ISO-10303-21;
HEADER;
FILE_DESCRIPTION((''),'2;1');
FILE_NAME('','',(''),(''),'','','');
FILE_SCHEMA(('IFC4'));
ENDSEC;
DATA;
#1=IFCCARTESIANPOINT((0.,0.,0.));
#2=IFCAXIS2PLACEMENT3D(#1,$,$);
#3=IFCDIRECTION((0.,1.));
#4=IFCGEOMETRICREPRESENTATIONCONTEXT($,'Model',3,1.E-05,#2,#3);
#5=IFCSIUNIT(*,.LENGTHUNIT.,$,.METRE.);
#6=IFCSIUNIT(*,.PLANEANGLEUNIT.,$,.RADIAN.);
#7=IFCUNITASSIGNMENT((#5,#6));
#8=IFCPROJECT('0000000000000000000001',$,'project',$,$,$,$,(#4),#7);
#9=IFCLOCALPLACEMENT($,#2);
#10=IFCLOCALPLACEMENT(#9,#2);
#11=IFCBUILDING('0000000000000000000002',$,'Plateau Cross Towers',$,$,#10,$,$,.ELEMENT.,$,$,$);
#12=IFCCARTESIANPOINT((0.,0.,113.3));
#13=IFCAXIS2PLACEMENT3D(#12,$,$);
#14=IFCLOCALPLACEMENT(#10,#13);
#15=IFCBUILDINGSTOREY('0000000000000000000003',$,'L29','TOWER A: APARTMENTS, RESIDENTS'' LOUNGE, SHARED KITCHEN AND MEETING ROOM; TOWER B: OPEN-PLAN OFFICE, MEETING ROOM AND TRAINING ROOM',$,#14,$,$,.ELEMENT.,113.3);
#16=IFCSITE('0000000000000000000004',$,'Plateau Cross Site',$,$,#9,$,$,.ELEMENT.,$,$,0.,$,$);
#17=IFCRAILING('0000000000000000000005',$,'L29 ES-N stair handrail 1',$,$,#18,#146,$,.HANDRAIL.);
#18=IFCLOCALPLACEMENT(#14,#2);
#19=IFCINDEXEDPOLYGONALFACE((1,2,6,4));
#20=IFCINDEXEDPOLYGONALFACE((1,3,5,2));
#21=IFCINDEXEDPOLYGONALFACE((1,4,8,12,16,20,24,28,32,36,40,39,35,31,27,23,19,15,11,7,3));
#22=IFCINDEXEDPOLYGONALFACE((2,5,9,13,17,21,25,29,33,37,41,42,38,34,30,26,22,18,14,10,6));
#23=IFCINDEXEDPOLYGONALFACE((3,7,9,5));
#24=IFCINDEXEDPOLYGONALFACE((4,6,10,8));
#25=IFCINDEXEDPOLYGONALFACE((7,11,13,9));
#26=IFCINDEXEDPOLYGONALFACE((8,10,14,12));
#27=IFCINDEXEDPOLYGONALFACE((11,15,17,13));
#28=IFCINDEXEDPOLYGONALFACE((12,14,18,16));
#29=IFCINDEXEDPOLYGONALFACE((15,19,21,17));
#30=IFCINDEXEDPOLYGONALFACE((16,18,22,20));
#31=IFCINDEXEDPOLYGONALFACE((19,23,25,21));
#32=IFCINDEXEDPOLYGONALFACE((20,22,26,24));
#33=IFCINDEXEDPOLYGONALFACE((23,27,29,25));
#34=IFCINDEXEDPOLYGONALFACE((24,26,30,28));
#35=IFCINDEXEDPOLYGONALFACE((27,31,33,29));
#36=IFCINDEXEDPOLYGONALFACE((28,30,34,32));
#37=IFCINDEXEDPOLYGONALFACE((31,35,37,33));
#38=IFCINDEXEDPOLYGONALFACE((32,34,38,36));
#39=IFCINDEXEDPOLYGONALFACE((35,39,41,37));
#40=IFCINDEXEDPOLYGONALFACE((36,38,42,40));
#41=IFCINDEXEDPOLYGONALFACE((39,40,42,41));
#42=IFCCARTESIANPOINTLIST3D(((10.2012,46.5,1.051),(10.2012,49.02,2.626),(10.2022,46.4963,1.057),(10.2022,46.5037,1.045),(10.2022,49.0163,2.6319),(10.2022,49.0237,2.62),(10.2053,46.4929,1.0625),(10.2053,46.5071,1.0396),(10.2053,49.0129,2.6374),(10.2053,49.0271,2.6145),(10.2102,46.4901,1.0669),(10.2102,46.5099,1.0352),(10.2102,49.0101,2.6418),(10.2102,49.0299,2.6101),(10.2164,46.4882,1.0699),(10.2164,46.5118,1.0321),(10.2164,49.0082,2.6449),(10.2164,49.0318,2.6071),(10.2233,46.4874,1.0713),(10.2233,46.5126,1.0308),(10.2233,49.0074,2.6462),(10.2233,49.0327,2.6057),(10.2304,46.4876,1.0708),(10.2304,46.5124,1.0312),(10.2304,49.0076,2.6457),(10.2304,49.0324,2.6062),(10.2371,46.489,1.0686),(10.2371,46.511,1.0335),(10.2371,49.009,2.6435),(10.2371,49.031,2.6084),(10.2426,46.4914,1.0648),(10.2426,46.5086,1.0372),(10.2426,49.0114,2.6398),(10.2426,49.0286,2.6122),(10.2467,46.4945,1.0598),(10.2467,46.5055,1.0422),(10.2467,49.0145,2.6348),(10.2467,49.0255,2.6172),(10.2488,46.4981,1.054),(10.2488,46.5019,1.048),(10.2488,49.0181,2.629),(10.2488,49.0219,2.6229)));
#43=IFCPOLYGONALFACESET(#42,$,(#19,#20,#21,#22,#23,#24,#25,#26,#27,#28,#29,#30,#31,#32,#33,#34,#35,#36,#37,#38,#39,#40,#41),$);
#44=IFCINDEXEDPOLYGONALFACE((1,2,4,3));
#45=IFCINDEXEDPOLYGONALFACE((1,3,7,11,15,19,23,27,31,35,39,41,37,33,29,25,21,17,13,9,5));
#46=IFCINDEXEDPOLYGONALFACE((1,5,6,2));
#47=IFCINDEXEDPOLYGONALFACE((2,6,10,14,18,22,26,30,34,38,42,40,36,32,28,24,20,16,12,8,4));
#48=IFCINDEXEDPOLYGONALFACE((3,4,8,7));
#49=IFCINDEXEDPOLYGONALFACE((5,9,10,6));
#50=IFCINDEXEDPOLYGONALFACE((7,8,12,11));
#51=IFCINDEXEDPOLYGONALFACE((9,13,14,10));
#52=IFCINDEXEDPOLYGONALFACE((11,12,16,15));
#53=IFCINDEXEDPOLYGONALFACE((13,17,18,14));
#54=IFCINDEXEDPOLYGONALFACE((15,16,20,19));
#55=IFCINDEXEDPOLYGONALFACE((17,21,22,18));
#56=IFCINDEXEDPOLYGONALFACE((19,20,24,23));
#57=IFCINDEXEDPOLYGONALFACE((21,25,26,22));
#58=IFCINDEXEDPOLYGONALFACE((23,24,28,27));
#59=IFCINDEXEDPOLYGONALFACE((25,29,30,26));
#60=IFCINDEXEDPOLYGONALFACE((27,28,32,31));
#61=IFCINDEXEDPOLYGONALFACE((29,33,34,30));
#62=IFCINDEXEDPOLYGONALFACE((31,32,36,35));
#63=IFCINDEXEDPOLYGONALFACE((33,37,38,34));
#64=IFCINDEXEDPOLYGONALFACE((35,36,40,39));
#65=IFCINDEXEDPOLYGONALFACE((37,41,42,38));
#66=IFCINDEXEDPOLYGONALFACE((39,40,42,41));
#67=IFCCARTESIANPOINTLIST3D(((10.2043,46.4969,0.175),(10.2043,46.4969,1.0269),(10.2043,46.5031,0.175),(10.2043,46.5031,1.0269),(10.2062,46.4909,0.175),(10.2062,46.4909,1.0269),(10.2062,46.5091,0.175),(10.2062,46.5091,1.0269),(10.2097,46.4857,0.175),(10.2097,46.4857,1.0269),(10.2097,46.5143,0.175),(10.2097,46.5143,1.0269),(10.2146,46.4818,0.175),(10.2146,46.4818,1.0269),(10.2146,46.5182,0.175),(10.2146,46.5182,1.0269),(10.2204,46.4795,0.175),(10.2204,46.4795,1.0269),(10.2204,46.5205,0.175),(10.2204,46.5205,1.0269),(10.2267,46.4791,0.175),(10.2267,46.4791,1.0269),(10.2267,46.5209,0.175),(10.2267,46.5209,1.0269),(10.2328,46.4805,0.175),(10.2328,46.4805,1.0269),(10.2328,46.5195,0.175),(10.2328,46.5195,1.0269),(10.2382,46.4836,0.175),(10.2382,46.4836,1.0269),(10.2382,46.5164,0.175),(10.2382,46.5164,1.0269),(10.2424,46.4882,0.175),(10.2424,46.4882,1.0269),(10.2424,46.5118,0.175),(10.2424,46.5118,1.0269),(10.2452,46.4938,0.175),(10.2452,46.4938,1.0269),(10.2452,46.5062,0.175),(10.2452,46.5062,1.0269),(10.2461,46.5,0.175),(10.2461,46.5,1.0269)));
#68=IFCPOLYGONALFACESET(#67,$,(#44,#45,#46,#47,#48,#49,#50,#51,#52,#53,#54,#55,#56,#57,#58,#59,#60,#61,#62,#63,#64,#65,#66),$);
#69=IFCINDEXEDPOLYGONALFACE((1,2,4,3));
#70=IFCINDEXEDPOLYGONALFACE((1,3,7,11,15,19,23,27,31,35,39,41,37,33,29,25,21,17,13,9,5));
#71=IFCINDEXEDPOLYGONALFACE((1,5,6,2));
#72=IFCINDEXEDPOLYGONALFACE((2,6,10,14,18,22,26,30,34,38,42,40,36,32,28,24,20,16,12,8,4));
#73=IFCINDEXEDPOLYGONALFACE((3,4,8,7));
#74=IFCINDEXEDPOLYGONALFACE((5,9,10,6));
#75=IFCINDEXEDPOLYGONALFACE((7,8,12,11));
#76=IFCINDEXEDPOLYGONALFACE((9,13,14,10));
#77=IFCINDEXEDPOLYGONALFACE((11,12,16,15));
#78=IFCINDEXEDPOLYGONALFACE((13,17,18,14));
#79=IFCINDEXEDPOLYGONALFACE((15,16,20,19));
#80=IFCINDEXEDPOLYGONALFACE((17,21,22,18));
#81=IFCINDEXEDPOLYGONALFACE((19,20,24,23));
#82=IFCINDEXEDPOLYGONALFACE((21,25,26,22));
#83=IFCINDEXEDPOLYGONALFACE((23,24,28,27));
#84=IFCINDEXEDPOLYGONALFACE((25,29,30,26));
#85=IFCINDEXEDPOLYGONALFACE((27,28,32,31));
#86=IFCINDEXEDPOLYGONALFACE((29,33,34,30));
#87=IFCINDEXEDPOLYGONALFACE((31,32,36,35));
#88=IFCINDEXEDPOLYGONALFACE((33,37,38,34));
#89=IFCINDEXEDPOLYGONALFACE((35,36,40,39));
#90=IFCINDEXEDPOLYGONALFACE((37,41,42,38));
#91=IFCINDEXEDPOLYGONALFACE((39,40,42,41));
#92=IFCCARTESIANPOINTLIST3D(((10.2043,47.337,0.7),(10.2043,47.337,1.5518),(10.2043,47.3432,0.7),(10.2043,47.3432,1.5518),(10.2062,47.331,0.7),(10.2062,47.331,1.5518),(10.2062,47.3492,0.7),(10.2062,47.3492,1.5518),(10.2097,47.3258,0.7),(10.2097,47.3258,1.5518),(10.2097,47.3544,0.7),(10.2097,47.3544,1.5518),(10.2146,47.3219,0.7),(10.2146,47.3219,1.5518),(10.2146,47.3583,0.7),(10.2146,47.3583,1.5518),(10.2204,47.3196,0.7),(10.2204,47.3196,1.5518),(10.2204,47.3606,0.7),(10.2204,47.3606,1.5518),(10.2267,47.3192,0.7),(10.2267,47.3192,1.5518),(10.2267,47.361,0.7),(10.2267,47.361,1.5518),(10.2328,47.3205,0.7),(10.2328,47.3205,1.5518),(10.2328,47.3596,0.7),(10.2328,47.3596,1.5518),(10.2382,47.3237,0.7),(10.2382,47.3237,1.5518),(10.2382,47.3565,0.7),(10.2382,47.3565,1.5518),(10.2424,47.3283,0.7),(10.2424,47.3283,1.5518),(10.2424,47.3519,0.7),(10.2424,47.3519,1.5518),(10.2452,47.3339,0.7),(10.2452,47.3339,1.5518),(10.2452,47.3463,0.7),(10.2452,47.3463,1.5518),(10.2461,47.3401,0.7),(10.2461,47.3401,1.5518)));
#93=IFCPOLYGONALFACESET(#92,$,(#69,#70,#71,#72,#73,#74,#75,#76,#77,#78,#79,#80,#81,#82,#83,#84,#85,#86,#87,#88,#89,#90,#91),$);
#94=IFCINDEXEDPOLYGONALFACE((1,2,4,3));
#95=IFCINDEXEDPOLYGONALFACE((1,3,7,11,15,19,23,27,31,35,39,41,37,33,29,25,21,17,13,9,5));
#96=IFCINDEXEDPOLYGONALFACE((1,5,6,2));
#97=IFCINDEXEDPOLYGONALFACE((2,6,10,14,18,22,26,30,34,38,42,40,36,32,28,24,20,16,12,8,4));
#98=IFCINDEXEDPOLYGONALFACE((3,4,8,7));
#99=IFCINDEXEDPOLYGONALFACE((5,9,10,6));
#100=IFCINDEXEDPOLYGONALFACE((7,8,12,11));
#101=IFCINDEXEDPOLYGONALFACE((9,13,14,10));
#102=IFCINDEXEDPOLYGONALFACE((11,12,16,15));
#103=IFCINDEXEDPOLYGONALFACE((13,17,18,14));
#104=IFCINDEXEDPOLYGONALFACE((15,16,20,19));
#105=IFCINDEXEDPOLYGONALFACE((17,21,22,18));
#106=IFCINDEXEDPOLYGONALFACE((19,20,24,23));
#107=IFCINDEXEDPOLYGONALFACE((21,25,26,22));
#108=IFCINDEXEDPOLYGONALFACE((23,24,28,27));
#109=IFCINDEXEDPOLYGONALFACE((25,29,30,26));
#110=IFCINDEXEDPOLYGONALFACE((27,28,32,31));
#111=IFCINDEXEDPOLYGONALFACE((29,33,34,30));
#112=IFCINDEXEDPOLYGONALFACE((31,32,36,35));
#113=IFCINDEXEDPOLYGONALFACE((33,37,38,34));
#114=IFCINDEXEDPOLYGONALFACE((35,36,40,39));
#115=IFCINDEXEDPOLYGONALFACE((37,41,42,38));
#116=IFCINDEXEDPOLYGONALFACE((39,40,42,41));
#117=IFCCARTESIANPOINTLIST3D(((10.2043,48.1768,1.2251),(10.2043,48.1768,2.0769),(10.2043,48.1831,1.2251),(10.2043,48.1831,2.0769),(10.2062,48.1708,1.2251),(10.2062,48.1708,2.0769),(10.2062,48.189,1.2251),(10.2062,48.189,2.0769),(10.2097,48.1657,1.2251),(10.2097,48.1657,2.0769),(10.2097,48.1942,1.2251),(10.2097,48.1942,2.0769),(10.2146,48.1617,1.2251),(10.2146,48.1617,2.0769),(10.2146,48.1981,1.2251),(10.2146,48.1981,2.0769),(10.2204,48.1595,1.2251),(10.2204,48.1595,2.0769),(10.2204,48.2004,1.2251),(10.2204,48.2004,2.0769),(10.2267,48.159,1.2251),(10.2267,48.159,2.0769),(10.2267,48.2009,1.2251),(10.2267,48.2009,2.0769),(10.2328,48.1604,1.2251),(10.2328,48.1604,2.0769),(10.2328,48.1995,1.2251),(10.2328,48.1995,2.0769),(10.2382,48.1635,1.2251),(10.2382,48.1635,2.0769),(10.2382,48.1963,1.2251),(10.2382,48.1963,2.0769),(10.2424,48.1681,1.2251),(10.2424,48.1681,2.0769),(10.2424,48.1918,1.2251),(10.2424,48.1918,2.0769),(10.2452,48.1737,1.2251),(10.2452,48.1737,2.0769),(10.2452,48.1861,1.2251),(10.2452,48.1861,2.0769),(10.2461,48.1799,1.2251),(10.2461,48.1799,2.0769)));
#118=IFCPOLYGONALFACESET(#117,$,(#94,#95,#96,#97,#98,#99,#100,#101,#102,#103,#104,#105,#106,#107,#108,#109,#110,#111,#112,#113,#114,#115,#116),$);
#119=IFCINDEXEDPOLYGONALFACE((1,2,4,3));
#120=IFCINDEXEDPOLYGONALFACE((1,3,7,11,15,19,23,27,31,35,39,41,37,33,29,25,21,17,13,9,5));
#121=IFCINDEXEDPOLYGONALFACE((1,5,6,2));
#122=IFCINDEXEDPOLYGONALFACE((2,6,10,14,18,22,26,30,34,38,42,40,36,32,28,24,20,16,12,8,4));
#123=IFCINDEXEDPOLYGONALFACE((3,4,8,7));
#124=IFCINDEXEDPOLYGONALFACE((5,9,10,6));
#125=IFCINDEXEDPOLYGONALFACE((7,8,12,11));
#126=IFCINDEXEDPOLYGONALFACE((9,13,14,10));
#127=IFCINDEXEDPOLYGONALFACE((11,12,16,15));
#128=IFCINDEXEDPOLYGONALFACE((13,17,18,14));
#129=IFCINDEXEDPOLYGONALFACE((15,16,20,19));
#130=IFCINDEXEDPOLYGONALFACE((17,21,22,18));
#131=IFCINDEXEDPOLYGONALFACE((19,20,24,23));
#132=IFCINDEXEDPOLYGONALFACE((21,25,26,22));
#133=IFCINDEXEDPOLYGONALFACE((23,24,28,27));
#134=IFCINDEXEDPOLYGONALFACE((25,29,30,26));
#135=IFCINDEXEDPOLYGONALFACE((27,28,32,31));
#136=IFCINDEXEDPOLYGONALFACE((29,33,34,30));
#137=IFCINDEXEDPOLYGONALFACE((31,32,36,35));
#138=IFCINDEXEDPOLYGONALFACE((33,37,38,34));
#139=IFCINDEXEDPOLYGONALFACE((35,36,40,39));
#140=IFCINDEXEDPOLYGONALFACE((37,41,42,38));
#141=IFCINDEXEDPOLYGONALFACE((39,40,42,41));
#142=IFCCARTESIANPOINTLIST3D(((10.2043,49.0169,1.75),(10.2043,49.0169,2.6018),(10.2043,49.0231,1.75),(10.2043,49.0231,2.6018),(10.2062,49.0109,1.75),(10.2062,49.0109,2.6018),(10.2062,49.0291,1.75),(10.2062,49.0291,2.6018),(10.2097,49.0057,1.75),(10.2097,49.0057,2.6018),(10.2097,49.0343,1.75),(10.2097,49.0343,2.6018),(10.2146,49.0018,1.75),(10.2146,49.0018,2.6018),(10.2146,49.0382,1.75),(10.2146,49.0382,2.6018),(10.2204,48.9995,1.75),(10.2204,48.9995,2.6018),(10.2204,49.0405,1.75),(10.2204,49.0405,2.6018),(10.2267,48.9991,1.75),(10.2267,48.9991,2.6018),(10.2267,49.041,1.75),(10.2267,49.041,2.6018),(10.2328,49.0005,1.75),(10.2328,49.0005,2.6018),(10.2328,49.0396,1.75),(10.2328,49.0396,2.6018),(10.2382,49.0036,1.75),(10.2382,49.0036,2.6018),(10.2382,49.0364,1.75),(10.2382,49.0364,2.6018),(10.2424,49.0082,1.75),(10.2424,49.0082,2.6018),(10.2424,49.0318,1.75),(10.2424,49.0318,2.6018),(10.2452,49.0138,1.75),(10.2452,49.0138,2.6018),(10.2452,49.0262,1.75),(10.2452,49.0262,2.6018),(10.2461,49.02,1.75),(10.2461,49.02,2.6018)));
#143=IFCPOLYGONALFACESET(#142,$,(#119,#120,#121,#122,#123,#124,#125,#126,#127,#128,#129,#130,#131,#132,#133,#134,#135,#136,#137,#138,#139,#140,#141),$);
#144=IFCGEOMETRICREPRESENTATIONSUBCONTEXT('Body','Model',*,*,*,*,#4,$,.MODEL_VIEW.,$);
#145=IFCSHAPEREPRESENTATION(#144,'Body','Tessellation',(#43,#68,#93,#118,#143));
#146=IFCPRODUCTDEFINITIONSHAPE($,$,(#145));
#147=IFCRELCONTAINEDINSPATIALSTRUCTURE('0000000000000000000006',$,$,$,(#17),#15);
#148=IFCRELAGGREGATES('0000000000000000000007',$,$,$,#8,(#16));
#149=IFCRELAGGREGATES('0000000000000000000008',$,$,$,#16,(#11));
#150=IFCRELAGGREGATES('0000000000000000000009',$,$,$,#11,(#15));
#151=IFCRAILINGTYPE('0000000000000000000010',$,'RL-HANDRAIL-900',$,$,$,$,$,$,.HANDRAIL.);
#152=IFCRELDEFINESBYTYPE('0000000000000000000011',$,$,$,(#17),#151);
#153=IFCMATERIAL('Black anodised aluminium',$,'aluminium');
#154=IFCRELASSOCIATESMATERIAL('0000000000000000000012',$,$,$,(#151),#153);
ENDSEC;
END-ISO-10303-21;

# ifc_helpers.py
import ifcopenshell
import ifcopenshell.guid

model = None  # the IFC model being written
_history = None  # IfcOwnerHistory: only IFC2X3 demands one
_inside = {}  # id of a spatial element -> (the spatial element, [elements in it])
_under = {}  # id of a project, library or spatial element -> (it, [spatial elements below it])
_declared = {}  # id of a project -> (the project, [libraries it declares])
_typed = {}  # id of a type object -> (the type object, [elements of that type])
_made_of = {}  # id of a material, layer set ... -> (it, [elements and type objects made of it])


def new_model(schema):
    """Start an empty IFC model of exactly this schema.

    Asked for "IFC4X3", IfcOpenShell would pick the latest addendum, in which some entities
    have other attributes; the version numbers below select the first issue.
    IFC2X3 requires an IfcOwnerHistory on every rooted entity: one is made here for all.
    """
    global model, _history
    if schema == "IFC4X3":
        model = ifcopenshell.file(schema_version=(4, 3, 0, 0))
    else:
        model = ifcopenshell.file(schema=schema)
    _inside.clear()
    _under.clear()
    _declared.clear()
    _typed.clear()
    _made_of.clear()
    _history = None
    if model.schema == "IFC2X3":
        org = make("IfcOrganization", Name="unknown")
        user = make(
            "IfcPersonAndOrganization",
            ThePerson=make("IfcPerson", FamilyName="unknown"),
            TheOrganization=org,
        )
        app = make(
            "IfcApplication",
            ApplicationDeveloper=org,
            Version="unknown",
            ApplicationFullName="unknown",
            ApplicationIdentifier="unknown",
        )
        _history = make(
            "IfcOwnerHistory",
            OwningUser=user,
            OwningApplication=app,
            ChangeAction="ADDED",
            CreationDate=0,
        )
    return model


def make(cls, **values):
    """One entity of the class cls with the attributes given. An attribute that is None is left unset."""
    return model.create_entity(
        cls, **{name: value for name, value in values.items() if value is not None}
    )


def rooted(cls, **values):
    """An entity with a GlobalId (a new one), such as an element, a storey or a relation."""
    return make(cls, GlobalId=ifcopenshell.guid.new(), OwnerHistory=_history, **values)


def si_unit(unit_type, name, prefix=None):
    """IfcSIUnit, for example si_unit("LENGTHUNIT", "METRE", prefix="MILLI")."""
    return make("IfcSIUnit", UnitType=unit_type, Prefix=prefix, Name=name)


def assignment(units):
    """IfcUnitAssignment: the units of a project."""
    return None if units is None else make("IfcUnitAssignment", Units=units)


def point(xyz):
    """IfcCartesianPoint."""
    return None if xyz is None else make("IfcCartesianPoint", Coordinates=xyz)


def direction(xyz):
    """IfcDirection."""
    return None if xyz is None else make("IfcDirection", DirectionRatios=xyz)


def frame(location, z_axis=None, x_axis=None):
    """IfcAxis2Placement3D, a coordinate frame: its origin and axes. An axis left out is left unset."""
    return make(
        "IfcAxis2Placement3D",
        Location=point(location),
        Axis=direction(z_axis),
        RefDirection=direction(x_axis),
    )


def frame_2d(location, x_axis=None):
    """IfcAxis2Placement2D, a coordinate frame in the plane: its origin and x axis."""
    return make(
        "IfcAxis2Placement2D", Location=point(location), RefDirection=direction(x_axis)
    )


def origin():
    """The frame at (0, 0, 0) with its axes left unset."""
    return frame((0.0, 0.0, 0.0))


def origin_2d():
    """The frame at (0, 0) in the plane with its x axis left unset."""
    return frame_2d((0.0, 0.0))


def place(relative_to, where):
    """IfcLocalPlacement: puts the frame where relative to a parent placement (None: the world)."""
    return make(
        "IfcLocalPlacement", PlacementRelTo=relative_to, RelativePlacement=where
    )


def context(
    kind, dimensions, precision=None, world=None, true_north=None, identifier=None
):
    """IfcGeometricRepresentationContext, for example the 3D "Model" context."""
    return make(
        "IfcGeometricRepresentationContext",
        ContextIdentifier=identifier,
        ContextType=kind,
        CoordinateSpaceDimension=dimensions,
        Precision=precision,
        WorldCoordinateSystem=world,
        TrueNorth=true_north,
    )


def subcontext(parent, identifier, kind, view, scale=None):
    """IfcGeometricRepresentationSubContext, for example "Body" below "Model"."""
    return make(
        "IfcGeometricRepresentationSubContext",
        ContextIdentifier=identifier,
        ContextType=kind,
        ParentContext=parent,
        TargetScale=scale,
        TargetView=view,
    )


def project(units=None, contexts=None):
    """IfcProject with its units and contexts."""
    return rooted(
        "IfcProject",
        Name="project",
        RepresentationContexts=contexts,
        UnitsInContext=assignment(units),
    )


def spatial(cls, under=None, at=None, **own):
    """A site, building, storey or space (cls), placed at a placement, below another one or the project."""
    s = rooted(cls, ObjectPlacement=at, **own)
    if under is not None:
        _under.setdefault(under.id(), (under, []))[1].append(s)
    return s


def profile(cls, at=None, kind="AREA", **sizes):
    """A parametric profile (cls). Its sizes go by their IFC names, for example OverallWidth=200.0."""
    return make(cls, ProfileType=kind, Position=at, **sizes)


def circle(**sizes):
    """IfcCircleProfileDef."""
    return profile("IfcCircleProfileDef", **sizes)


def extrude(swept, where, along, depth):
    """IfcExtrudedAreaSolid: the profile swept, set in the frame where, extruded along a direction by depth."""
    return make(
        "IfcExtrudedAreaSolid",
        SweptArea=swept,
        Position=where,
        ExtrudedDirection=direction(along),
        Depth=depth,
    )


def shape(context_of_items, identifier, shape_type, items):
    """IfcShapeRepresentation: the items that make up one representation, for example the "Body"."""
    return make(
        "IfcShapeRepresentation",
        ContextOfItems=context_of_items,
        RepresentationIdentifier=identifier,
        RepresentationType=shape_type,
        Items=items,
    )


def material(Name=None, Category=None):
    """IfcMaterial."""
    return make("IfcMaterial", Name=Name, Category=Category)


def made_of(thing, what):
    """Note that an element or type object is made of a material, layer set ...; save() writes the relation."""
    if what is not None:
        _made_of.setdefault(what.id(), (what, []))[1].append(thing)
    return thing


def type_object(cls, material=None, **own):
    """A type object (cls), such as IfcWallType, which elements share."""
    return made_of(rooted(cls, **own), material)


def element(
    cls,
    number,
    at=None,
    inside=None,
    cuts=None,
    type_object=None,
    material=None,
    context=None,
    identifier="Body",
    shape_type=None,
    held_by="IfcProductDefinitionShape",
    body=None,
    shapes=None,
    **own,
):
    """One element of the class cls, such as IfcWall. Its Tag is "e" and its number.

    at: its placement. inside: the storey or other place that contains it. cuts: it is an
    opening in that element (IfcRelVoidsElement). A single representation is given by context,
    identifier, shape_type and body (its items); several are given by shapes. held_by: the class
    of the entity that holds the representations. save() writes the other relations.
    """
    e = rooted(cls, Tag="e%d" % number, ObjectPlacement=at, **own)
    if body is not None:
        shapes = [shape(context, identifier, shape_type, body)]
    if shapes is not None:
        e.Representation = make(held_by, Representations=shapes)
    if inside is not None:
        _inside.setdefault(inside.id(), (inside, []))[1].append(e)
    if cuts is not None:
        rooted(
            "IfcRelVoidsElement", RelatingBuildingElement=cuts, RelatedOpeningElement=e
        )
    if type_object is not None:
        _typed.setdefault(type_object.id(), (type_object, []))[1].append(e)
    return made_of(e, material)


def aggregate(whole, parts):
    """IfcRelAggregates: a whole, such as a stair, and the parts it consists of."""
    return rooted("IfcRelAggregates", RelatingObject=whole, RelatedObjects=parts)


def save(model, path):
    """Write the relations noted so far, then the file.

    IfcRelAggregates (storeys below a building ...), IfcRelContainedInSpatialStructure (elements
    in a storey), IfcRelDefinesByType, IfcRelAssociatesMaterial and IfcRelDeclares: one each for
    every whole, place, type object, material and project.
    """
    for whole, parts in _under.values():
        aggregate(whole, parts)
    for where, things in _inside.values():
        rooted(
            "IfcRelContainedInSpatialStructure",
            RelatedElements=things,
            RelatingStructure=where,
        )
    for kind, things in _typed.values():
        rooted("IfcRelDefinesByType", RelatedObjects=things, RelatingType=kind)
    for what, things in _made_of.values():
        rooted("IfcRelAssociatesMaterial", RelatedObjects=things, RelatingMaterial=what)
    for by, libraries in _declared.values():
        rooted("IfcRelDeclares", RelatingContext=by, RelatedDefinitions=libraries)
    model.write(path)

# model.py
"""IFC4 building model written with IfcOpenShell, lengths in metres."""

from ifc_helpers import new_model, si_unit, direction, frame, origin, origin_2d, place, context, subcontext, project, spatial, circle, extrude, material, type_object, element, save


model = new_model("IFC4")

# Units and contexts
model_context = context("Model", 3, precision=1e-05, world=origin(), true_north=direction((0.0, 1.0)))
body_context = subcontext(model_context, "Body", "Model", "MODEL_VIEW")
ifc_project = project(units=[si_unit("LENGTHUNIT", "METRE"), si_unit("PLANEANGLEUNIT", "RADIAN")], contexts=[model_context])

# Site, building, storey
site_placement = place(None, origin())
site = spatial("IfcSite", under=ifc_project, at=site_placement, Name="Plateau Cross Site", CompositionType="ELEMENT", RefElevation=0.0)
building_placement = place(site_placement, origin())
building = spatial("IfcBuilding", under=site, at=building_placement, Name="Plateau Cross Towers", CompositionType="ELEMENT")
storey_placement = place(building_placement, frame((0.0, 0.0, 113.3)))
storey = spatial("IfcBuildingStorey", under=building, at=storey_placement, Name="L29", Description="TOWER A: APARTMENTS, RESIDENTS' LOUNGE, SHARED KITCHEN AND MEETING ROOM; TOWER B: OPEN-PLAN OFFICE, MEETING ROOM AND TRAINING ROOM", CompositionType="ELEMENT", Elevation=113.3)

# Shared definitions
ifc_material_1 = material(Name="Black anodised aluminium", Category="aluminium")

# Railing
railing_type_1 = type_object("IfcRailingType", Name="RL-HANDRAIL-900", PredefinedType="HANDRAIL", material=ifc_material_1)
railing_1_placement = place(storey_placement, frame((10.2251, 46.5, 0.175)))
element("IfcRailing", 1, at=railing_1_placement, inside=storey, type_object=railing_type_1, Name="L29 ES-N stair handrail 1", PredefinedType="HANDRAIL", context=body_context, shape_type="SweptSolid", body=[
    extrude(circle(Radius=0.0239, at=origin_2d()), frame((0.0, 0.0, 0.876), z_axis=(0.0, 0.848008, 0.529984), x_axis=(-1.0, 0.0, 0.0)), (0.0, 0.0, 1.0), 2.9717),
    extrude(circle(Radius=0.021, at=origin_2d()), origin(), (0.0, 0.0, 1.0), 0.8518),
    extrude(circle(Radius=0.021, at=origin_2d()), frame((0.0, 0.8401, 0.5249)), (0.0, 0.0, 1.0), 0.8518),
    extrude(circle(Radius=0.021, at=origin_2d()), frame((0.0, 1.6799, 1.05)), (0.0, 0.0, 1.0), 0.8518),
    extrude(circle(Radius=0.021, at=origin_2d()), frame((0.0, 2.52, 1.575)), (0.0, 0.0, 1.0), 0.8518),
])

save(model, "model.ifc")
